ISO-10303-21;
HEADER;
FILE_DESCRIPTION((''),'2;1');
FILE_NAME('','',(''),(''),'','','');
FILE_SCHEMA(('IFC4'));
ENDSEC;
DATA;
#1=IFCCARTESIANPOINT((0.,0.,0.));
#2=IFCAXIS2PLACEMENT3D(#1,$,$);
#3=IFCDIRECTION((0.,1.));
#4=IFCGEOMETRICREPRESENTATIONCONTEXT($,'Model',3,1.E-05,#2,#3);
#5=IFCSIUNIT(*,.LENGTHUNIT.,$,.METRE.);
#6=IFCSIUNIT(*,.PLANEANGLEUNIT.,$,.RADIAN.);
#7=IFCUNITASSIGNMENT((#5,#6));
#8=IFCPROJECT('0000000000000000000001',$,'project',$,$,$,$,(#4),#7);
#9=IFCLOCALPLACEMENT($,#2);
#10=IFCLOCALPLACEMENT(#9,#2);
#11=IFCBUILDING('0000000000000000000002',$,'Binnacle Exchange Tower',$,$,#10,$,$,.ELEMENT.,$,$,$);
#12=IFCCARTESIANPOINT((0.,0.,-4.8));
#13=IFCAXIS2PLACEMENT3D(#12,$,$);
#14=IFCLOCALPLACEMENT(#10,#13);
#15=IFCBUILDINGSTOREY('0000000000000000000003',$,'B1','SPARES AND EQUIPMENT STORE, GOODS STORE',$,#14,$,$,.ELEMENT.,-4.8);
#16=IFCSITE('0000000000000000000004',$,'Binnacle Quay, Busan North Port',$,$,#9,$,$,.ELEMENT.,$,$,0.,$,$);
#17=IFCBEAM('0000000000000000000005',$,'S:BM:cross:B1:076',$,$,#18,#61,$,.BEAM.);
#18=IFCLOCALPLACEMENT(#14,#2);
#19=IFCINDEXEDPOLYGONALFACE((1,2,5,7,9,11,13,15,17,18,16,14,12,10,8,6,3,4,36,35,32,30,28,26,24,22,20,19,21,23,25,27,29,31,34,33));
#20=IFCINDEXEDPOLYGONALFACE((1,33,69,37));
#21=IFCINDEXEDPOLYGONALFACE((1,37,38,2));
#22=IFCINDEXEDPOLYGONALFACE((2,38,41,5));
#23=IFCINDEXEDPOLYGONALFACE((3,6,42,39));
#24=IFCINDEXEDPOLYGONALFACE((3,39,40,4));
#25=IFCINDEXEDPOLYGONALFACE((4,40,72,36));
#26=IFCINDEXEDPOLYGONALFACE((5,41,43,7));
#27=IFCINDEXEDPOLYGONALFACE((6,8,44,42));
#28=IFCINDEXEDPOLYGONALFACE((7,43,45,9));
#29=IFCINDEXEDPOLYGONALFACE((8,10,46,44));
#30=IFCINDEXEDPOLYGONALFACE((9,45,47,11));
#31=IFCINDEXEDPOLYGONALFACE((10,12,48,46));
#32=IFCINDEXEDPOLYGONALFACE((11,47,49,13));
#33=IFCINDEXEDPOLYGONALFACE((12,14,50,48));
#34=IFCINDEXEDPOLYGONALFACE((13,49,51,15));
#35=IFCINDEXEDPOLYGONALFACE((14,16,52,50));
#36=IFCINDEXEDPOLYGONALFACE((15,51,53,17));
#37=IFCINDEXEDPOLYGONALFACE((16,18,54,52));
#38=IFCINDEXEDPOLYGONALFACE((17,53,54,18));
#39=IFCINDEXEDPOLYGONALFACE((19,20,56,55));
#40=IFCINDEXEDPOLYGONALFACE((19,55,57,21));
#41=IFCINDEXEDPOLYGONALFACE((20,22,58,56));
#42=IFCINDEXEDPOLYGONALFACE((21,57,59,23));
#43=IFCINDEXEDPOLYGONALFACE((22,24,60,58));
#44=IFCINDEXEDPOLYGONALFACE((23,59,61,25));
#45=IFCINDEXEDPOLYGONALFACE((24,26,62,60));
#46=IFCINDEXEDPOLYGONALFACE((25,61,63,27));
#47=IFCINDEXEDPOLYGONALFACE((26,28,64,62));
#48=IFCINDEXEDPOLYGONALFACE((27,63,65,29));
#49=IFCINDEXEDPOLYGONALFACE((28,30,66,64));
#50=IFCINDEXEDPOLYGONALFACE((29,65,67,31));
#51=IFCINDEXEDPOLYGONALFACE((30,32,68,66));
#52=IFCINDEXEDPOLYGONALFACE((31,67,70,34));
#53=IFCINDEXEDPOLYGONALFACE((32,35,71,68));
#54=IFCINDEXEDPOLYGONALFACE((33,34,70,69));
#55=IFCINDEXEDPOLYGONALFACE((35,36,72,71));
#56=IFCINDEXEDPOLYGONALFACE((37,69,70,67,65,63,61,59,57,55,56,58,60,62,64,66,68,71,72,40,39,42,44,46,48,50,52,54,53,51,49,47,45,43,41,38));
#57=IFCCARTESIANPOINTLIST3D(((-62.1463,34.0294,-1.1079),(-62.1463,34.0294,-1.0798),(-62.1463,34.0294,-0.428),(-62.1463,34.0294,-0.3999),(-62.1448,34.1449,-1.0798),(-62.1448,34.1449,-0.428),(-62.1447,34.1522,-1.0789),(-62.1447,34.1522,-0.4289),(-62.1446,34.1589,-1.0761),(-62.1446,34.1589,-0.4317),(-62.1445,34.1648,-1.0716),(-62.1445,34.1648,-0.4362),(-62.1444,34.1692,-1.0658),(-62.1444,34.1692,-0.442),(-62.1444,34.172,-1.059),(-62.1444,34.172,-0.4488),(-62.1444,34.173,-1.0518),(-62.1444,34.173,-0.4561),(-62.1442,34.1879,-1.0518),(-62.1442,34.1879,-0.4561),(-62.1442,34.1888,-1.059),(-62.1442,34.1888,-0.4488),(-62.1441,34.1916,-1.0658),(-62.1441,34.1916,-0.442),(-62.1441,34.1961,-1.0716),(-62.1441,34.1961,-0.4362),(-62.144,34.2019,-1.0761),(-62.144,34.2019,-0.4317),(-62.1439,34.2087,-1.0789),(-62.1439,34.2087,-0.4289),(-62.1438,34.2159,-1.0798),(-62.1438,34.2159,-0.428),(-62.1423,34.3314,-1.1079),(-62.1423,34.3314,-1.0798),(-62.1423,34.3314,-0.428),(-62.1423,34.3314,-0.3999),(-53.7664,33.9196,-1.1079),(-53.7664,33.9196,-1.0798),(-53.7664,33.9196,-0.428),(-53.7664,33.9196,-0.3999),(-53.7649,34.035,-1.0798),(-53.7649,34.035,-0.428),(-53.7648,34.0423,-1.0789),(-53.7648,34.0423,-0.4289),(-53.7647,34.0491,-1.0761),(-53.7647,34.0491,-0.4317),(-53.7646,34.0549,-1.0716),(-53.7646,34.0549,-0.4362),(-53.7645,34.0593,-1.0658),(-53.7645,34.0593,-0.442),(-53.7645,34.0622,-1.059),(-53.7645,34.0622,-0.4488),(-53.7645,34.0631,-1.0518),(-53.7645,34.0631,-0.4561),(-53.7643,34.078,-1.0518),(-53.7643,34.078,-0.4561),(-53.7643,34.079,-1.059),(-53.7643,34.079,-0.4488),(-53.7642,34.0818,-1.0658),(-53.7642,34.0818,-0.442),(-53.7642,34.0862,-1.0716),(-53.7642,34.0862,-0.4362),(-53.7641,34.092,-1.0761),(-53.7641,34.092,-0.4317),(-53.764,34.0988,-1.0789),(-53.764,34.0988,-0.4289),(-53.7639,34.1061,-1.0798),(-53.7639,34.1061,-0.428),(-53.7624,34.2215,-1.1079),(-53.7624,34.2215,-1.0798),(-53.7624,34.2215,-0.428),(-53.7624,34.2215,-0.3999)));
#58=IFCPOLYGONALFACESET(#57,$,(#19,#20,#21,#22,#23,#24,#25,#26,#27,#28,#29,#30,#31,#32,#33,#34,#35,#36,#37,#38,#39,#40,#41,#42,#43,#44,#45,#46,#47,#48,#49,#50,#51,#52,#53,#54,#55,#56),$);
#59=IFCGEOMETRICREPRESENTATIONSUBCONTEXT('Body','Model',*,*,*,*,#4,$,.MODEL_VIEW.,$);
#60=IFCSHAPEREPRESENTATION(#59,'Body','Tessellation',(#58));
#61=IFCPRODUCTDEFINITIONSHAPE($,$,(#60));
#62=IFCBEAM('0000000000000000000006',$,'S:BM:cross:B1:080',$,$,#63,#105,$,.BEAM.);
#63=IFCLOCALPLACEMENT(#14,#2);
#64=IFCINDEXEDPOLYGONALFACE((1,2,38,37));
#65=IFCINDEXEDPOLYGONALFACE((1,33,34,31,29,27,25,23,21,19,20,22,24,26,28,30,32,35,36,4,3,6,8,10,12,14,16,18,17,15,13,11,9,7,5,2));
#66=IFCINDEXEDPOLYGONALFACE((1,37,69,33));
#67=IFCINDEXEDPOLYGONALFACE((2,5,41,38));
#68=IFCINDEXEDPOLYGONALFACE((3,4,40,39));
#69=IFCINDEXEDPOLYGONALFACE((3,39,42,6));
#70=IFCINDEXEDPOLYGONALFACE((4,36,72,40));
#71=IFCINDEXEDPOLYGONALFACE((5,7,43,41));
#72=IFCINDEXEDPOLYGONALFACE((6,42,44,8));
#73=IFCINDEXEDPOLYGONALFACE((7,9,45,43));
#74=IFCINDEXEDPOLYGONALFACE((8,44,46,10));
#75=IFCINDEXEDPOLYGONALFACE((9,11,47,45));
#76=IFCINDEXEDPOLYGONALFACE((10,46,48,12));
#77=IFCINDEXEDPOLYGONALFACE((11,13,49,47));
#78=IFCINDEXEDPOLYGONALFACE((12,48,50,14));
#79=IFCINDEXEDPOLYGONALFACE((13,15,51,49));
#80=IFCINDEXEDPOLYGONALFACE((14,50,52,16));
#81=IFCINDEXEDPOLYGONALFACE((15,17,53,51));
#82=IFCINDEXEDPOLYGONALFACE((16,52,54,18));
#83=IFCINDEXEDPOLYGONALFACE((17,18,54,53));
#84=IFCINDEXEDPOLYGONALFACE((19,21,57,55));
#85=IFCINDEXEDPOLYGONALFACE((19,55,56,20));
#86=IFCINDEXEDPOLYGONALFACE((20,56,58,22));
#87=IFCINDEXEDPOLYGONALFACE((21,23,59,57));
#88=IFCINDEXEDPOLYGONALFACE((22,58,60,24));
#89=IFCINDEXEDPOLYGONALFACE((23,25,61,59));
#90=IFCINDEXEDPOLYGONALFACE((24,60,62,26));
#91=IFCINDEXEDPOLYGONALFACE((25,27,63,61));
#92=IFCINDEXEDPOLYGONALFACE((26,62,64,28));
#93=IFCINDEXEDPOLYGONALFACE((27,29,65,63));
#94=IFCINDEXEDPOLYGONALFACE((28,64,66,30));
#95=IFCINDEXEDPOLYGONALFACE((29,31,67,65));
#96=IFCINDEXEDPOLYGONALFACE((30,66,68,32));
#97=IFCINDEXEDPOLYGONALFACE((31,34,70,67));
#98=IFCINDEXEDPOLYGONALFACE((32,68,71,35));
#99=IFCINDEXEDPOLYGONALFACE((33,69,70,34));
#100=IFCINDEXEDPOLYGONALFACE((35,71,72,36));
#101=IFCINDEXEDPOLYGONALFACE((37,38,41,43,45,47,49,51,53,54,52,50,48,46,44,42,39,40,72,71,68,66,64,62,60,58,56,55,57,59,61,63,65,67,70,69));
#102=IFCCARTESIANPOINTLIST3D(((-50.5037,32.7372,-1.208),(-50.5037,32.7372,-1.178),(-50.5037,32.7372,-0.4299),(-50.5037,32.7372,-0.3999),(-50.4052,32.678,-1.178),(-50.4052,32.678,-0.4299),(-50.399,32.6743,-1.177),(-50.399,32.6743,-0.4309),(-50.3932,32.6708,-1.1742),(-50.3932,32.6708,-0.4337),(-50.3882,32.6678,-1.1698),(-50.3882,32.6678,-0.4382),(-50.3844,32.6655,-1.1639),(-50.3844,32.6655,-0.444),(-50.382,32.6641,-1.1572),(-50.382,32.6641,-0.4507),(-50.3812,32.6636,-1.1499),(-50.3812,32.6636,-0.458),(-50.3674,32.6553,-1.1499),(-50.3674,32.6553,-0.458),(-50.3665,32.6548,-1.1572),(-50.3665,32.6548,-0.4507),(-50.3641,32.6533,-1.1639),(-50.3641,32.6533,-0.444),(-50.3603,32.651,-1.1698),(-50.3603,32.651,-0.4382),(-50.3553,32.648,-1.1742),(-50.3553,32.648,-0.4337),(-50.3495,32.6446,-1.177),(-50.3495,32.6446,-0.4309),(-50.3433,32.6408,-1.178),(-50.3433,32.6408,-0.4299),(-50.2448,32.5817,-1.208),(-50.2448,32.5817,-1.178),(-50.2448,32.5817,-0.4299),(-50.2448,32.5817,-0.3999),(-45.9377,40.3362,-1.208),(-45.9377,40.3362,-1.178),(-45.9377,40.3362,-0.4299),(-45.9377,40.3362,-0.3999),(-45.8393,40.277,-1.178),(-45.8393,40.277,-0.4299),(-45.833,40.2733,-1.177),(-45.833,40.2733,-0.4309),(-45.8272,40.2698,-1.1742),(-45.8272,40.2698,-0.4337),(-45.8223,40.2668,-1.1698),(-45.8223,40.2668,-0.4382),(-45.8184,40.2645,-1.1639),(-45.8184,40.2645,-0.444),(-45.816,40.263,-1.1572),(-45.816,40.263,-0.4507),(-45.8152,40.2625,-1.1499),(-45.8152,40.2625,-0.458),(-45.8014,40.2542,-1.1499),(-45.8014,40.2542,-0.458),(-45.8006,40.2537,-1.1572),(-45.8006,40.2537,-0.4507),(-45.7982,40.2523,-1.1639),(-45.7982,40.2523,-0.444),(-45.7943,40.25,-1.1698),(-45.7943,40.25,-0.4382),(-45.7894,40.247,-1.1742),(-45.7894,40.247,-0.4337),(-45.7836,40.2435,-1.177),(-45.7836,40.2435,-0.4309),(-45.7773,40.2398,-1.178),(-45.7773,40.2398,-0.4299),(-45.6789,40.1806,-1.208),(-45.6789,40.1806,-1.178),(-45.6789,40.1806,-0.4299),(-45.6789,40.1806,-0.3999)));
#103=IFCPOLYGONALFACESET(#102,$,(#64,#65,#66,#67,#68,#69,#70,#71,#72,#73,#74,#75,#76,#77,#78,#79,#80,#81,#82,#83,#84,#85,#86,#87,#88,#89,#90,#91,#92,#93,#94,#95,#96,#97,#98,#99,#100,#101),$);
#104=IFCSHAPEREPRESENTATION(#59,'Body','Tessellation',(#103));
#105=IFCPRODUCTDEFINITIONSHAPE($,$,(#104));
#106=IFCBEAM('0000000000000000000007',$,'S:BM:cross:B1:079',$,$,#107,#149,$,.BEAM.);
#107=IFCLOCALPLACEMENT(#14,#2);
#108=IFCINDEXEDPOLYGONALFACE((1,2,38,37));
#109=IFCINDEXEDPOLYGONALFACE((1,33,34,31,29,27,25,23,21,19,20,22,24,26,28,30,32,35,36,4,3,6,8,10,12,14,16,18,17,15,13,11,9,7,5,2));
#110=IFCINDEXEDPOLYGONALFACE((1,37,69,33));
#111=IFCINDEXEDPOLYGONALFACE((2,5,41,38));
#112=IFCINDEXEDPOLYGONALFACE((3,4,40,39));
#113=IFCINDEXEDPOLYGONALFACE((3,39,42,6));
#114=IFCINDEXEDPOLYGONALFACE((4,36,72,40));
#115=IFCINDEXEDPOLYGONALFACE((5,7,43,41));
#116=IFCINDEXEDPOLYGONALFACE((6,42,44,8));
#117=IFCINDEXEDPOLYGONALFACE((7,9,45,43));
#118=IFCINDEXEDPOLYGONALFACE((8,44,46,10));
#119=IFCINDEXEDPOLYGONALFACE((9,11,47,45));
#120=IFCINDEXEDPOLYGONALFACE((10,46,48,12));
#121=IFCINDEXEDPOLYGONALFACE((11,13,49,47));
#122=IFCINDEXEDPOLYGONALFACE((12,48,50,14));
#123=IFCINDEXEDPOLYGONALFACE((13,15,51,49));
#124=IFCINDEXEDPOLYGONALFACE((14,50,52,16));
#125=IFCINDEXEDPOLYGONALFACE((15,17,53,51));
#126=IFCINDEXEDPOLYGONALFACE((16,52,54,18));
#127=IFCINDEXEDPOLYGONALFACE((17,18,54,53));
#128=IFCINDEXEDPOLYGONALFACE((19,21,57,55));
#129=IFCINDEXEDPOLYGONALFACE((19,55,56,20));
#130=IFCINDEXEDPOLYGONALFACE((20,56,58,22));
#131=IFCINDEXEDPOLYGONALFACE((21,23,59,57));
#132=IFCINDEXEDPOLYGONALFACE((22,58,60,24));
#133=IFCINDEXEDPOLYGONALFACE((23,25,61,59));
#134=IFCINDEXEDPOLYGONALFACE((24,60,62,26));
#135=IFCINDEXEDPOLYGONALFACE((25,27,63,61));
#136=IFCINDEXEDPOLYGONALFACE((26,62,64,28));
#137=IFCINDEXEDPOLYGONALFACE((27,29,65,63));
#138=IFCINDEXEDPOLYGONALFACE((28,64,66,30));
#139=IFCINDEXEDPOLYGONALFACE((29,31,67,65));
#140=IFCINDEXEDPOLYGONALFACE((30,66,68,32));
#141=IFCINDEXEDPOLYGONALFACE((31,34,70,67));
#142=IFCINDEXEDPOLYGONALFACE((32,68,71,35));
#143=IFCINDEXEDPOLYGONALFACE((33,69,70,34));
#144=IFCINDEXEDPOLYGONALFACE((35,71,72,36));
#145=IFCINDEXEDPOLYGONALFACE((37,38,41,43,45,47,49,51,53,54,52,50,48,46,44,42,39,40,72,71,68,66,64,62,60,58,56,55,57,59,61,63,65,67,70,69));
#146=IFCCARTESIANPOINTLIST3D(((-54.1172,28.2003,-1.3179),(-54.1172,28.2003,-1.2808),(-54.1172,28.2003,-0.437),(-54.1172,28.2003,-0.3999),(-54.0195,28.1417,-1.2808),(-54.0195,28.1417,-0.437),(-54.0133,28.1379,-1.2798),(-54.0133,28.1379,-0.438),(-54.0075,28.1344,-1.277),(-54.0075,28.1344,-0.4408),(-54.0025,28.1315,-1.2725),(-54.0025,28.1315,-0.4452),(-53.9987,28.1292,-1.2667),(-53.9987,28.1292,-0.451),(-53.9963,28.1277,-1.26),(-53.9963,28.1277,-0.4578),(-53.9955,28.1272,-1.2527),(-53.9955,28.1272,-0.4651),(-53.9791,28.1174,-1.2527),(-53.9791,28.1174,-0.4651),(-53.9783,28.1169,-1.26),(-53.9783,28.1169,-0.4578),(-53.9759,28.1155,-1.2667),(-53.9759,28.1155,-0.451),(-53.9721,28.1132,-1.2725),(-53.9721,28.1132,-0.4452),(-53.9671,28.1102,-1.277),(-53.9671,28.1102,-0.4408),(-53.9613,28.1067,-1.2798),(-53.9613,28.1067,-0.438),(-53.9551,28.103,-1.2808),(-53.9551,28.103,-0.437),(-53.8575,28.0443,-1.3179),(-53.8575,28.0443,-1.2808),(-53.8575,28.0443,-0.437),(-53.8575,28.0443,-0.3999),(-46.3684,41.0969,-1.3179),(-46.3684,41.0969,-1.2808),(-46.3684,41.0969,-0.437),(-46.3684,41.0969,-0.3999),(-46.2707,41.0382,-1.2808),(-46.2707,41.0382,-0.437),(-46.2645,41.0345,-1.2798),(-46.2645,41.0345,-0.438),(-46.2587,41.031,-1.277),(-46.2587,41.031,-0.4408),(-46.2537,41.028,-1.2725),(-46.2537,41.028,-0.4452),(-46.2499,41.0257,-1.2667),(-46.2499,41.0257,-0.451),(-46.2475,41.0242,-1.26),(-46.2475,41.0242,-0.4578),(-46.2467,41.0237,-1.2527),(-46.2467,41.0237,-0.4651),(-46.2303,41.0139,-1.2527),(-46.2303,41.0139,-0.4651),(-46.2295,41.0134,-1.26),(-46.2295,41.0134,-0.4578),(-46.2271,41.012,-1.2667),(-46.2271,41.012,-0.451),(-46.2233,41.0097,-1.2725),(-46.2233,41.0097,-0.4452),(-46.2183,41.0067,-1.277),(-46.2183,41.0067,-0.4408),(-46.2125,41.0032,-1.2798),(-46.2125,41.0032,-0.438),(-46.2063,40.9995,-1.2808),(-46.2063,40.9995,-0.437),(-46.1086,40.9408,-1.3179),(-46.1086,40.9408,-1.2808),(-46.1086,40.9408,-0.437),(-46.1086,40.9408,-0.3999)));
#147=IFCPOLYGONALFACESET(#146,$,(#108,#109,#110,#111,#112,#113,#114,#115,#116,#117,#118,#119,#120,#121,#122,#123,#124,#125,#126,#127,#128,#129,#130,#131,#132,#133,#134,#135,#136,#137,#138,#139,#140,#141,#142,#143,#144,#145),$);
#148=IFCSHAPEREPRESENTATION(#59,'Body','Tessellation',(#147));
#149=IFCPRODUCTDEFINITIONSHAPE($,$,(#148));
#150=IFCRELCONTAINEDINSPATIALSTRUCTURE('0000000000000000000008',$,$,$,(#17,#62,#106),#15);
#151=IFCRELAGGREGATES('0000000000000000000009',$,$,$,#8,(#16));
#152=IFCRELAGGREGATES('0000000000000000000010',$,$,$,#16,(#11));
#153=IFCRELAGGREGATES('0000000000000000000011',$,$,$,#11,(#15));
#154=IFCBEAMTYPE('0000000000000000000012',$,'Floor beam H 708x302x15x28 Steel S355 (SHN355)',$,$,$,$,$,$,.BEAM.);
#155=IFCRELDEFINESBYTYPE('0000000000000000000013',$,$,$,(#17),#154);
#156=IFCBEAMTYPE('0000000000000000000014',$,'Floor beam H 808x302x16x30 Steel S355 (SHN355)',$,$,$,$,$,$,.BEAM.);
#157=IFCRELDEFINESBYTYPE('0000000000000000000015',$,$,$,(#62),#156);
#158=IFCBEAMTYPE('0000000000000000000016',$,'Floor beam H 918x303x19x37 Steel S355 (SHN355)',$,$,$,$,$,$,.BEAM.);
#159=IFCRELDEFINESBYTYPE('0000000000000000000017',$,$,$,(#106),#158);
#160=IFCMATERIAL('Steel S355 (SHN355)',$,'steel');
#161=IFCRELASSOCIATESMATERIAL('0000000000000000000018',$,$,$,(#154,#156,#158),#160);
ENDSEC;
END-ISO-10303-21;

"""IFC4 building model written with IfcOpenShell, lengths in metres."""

from ifc_helpers import new_model, si_unit, direction, frame, origin, origin_2d, place, context, subcontext, project, spatial, i_section, extrude, material, material_profile, profile_set, type_object, element, save


model = new_model("IFC4")

# Units and contexts
model_context = context("Model", 3, precision=1e-05, world=origin(), true_north=direction((0.0, 1.0)))
body_context = subcontext(model_context, "Body", "Model", "MODEL_VIEW")
ifc_project = project(units=[si_unit("LENGTHUNIT", "METRE"), si_unit("PLANEANGLEUNIT", "RADIAN")], contexts=[model_context])

# Site, building, storey
site_placement = place(None, origin())
site = spatial("IfcSite", under=ifc_project, at=site_placement, Name="Binnacle Quay, Busan North Port", CompositionType="ELEMENT", RefElevation=0.0)
building_placement = place(site_placement, origin())
building = spatial("IfcBuilding", under=site, at=building_placement, Name="Binnacle Exchange Tower", CompositionType="ELEMENT")
storey_placement = place(building_placement, frame((0.0, 0.0, -4.8)))
storey = spatial("IfcBuildingStorey", under=building, at=storey_placement, Name="B1", Description="SPARES AND EQUIPMENT STORE, GOODS STORE", CompositionType="ELEMENT", Elevation=-4.8)

# Beams
ifc_material_1 = material(Name="Steel S355 (SHN355)", Category="steel")
ifc_material_profile_1 = material_profile(ifc_material_1, i_section(OverallWidth=0.302, OverallDepth=0.708, WebThickness=0.0149, FlangeThickness=0.0281, FilletRadius=0.0281, at=origin_2d()), Name="H 708x302x15x28")
ifc_profile_set_1 = profile_set([ifc_material_profile_1], Name="Steel S355 (SHN355)")
beam_type_1 = type_object("IfcBeamType", Name="Floor beam H 708x302x15x28 Steel S355 (SHN355)", PredefinedType="BEAM", material=ifc_profile_set_1)
beam_1_placement = place(storey_placement, frame((-62.1443, 34.1804, -0.7539), z_axis=(0.999914, -0.013109, 0.0), x_axis=(0.013109, 0.999914, 0.0)))
element("IfcBeam", 1, at=beam_1_placement, inside=storey, type_object=beam_type_1, Name="S:BM:cross:B1:076", PredefinedType="BEAM", context=body_context, shape_type="SweptSolid", body=[
    extrude(i_section(OverallWidth=0.302, OverallDepth=0.708, WebThickness=0.0149, FlangeThickness=0.0281, FilletRadius=0.0281, at=origin_2d()), origin(), (0.0, 0.0, 1.0), 8.3806),
])
ifc_material_profile_2 = material_profile(ifc_material_1, i_section(OverallWidth=0.302, OverallDepth=0.8081, WebThickness=0.0161, FlangeThickness=0.03, FilletRadius=0.0281, at=origin_2d()), Name="H 808x302x16x30")
ifc_profile_set_2 = profile_set([ifc_material_profile_2], Name="Steel S355 (SHN355)")
beam_type_2 = type_object("IfcBeamType", Name="Floor beam H 808x302x16x30 Steel S355 (SHN355)", PredefinedType="BEAM", material=ifc_profile_set_2)
beam_2_placement = place(storey_placement, frame((-50.3743, 32.6594, -0.804), z_axis=(0.515042, 0.857165, 0.0), x_axis=(-0.857165, 0.515042, 0.0)))
element("IfcBeam", 2, at=beam_2_placement, inside=storey, type_object=beam_type_2, Name="S:BM:cross:B1:080", PredefinedType="BEAM", context=body_context, shape_type="SweptSolid", body=[
    extrude(i_section(OverallWidth=0.302, OverallDepth=0.8081, WebThickness=0.0161, FlangeThickness=0.03, FilletRadius=0.0281, at=origin_2d()), origin(), (0.0, 0.0, 1.0), 8.8652),
])
ifc_material_profile_3 = material_profile(ifc_material_1, i_section(OverallWidth=0.303, OverallDepth=0.918, WebThickness=0.019, FlangeThickness=0.0371, FilletRadius=0.0281, at=origin_2d()), Name="H 918x303x19x37")
ifc_profile_set_3 = profile_set([ifc_material_profile_3], Name="Steel S355 (SHN355)")
beam_type_3 = type_object("IfcBeamType", Name="Floor beam H 918x303x19x37 Steel S355 (SHN355)", PredefinedType="BEAM", material=ifc_profile_set_3)
beam_3_placement = place(storey_placement, frame((-53.9873, 28.1223, -0.8589), z_axis=(0.515028, 0.857173, 0.0), x_axis=(-0.857173, 0.515028, 0.0)))
element("IfcBeam", 3, at=beam_3_placement, inside=storey, type_object=beam_type_3, Name="S:BM:cross:B1:079", PredefinedType="BEAM", context=body_context, shape_type="SweptSolid", body=[
    extrude(i_section(OverallWidth=0.303, OverallDepth=0.918, WebThickness=0.019, FlangeThickness=0.0371, FilletRadius=0.0281, at=origin_2d()), origin(), (0.0, 0.0, 1.0), 15.0454),
])

save(model, "model.ifc")
